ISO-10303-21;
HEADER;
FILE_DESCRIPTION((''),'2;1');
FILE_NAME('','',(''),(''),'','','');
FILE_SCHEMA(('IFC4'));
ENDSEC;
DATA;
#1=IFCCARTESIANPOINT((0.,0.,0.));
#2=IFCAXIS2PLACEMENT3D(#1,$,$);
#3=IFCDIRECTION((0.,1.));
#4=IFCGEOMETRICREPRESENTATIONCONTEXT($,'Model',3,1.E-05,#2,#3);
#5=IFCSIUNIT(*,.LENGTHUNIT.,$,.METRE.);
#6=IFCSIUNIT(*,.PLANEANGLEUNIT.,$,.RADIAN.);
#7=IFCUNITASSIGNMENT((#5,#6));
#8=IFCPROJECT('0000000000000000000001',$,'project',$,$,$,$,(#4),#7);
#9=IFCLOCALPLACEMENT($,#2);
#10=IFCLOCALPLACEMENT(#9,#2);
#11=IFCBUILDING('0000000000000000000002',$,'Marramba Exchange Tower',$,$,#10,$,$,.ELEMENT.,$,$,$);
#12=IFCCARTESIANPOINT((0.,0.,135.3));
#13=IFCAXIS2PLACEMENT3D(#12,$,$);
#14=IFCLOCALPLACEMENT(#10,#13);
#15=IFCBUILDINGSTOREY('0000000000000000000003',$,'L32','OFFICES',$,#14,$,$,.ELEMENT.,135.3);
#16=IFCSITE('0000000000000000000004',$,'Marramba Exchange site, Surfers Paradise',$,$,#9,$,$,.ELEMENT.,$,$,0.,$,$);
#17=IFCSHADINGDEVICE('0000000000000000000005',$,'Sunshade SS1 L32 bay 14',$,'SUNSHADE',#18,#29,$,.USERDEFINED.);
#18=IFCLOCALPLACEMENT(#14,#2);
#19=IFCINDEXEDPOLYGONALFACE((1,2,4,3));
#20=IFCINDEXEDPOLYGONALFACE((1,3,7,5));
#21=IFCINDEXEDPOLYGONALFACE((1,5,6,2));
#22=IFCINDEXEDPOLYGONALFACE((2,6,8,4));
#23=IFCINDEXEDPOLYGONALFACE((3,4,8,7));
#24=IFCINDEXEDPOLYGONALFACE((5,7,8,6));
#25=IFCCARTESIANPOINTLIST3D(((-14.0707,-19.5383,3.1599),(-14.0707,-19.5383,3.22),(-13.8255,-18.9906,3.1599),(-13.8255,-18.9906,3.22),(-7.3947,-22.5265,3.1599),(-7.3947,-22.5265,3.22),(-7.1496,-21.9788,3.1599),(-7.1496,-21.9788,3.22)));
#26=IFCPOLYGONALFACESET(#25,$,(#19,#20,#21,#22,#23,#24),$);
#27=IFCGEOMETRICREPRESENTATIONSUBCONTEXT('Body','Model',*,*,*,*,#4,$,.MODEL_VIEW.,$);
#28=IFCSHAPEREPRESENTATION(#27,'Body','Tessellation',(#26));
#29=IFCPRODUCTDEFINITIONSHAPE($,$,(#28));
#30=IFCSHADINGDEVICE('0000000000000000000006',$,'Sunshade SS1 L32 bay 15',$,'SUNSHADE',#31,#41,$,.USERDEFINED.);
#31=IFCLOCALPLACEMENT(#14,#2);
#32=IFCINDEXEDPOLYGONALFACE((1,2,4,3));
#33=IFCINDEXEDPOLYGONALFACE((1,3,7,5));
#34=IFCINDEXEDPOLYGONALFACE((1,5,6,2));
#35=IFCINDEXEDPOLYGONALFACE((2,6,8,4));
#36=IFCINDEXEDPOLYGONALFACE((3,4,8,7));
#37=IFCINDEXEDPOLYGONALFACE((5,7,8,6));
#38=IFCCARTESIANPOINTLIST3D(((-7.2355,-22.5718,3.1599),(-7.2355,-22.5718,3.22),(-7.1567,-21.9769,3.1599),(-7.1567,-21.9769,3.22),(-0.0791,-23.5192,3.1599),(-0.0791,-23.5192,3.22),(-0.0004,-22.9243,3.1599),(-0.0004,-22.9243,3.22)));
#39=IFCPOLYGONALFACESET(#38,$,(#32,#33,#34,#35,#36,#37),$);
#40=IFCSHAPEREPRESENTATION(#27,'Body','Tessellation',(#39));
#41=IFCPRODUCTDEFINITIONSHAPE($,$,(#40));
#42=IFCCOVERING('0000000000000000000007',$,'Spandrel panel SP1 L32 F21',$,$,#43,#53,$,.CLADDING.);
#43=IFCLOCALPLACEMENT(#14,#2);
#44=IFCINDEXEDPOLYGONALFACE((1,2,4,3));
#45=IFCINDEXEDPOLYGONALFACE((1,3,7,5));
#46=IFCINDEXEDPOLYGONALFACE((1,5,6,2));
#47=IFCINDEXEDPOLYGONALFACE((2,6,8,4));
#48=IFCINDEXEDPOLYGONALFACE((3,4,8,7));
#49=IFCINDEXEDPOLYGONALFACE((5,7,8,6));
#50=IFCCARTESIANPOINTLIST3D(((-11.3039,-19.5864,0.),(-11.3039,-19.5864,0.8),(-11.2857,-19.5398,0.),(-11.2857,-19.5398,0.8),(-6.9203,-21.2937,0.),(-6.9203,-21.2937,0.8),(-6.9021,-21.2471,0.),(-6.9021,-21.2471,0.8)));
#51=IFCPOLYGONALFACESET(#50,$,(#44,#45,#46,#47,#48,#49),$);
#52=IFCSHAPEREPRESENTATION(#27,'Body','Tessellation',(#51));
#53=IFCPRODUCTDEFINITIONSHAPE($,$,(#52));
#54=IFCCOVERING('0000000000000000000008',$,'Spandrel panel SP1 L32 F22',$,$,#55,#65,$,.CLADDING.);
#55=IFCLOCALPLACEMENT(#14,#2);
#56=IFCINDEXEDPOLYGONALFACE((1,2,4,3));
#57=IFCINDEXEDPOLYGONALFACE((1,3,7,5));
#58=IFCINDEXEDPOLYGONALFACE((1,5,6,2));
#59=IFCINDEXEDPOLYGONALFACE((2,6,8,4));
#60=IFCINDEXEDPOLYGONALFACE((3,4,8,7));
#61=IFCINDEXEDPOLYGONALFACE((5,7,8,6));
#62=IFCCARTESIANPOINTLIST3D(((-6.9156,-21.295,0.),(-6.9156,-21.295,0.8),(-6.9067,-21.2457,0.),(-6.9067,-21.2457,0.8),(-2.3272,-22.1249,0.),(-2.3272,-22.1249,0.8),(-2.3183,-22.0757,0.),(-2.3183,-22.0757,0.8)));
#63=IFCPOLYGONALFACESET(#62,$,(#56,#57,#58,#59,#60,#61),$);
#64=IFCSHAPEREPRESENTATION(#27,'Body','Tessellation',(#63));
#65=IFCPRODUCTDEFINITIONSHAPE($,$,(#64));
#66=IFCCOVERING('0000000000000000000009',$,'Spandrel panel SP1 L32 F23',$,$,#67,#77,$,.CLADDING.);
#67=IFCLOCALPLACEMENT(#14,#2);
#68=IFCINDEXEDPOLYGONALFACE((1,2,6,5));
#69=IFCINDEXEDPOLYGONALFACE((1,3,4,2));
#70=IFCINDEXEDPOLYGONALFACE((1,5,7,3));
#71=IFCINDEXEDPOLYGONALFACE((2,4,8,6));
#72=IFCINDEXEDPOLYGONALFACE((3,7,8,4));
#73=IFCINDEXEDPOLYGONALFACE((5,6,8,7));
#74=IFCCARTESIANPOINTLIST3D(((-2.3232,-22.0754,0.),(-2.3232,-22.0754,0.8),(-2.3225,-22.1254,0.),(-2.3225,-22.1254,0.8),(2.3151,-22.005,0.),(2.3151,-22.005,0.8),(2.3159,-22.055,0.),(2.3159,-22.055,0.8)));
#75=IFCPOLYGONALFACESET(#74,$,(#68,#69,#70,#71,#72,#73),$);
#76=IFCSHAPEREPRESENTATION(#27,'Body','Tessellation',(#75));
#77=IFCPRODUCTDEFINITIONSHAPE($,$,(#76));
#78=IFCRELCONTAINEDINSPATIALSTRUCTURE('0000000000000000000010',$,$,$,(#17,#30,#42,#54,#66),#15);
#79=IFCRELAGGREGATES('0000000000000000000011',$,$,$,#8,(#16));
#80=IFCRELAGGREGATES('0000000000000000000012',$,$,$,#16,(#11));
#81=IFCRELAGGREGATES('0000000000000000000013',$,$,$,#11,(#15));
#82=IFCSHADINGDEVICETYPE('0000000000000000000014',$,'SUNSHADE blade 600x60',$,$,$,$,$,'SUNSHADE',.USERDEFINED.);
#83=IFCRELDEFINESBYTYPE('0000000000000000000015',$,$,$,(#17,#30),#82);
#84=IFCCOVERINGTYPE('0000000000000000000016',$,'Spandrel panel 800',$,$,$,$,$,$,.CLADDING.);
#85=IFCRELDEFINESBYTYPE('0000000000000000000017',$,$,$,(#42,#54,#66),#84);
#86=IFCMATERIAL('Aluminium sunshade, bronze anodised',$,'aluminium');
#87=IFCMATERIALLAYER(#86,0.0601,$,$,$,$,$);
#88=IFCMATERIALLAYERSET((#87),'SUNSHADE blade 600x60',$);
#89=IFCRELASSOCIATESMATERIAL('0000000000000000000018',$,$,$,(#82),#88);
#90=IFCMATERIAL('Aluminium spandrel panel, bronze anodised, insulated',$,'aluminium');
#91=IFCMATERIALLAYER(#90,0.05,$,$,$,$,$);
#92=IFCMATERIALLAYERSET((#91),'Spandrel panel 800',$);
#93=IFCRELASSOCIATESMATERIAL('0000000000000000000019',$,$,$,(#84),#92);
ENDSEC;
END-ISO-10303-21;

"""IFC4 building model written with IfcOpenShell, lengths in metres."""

from ifc_helpers import new_model, si_unit, direction, frame, origin, origin_2d, place, context, subcontext, project, spatial, rectangle, extrude, material, layer, layer_set, type_object, element, save


model = new_model("IFC4")

# Units and contexts
model_context = context("Model", 3, precision=1e-05, world=origin(), true_north=direction((0.0, 1.0)))
body_context = subcontext(model_context, "Body", "Model", "MODEL_VIEW")
ifc_project = project(units=[si_unit("LENGTHUNIT", "METRE"), si_unit("PLANEANGLEUNIT", "RADIAN")], contexts=[model_context])

# Site, building, storey
site_placement = place(None, origin())
site = spatial("IfcSite", under=ifc_project, at=site_placement, Name="Marramba Exchange site, Surfers Paradise", CompositionType="ELEMENT", RefElevation=0.0)
building_placement = place(site_placement, origin())
building = spatial("IfcBuilding", under=site, at=building_placement, Name="Marramba Exchange Tower", CompositionType="ELEMENT")
storey_placement = place(building_placement, frame((0.0, 0.0, 135.3)))
storey = spatial("IfcBuildingStorey", under=building, at=storey_placement, Name="L32", Description="OFFICES", CompositionType="ELEMENT", Elevation=135.3)

# Shading devices
ifc_material_1 = material(Name="Aluminium sunshade, bronze anodised", Category="aluminium")
ifc_layer_1 = layer(ifc_material_1, 0.0601)
ifc_layer_set_1 = layer_set([ifc_layer_1], Name="SUNSHADE blade 600x60")
shading_device_type_1 = type_object("IfcShadingDeviceType", Name="SUNSHADE blade 600x60", ElementType="SUNSHADE", PredefinedType="USERDEFINED", material=ifc_layer_set_1)
shading_device_1_placement = place(storey_placement, frame((-10.6101, -20.7585, 3.1599), z_axis=(0.0, 0.0, 1.0), x_axis=(0.912736, -0.40855, 0.0)))
element("IfcShadingDevice", 1, at=shading_device_1_placement, inside=storey, type_object=shading_device_type_1, Name="Sunshade SS1 L32 bay 14", ObjectType="SUNSHADE", PredefinedType="USERDEFINED", context=body_context, shape_type="SweptSolid", body=[
    extrude(rectangle(XDim=7.3142, YDim=0.6001, at=origin_2d()), origin(), (0.0, 0.0, 1.0), 0.0601),
])
shading_device_2_placement = place(storey_placement, frame((-3.6179, -22.748, 3.1599), z_axis=(0.0, 0.0, 1.0), x_axis=(0.99135, -0.131241, 0.0)))
element("IfcShadingDevice", 2, at=shading_device_2_placement, inside=storey, type_object=shading_device_type_1, Name="Sunshade SS1 L32 bay 15", ObjectType="SUNSHADE", PredefinedType="USERDEFINED", context=body_context, shape_type="SweptSolid", body=[
    extrude(rectangle(XDim=7.2188, YDim=0.6001, at=origin_2d()), origin(), (0.0, 0.0, 1.0), 0.0601),
])

# Coverings
ifc_material_2 = material(Name="Aluminium spandrel panel, bronze anodised, insulated", Category="aluminium")
ifc_layer_2 = layer(ifc_material_2, 0.05)
ifc_layer_set_2 = layer_set([ifc_layer_2], Name="Spandrel panel 800")
covering_type = type_object("IfcCoveringType", Name="Spandrel panel 800", PredefinedType="CLADDING", material=ifc_layer_set_2)
covering_1_placement = place(storey_placement, frame((-9.103, -20.4167, 0.0), z_axis=(0.0, 0.0, 1.0), x_axis=(0.931818, -0.362925, 0.0)))
element("IfcCovering", 3, at=covering_1_placement, inside=storey, type_object=covering_type, Name="Spandrel panel SP1 L32 F21", PredefinedType="CLADDING", context=body_context, shape_type="SweptSolid", body=[
    extrude(rectangle(XDim=4.7043, YDim=0.05, at=origin_2d()), origin(), (0.0, 0.0, 1.0), 0.8),
])
covering_2_placement = place(storey_placement, frame((-4.6169, -21.6853, 0.0), z_axis=(0.0, 0.0, 1.0), x_axis=(0.984032, -0.177992, 0.0)))
element("IfcCovering", 4, at=covering_2_placement, inside=storey, type_object=covering_type, Name="Spandrel panel SP1 L32 F22", PredefinedType="CLADDING", context=body_context, shape_type="SweptSolid", body=[
    extrude(rectangle(XDim=4.6628, YDim=0.05, at=origin_2d()), origin(), (0.0, 0.0, 1.0), 0.8),
])
covering_3_placement = place(storey_placement, frame((-0.0037, -22.0652, 0.0), z_axis=(0.0, 0.0, 1.0), x_axis=(0.999885, 0.015179, 0.0)))
element("IfcCovering", 5, at=covering_3_placement, inside=storey, type_object=covering_type, Name="Spandrel panel SP1 L32 F23", PredefinedType="CLADDING", context=body_context, shape_type="SweptSolid", body=[
    extrude(rectangle(XDim=4.6389, YDim=0.05, at=origin_2d()), origin(), (0.0, 0.0, 1.0), 0.8),
])

save(model, "model.ifc")
